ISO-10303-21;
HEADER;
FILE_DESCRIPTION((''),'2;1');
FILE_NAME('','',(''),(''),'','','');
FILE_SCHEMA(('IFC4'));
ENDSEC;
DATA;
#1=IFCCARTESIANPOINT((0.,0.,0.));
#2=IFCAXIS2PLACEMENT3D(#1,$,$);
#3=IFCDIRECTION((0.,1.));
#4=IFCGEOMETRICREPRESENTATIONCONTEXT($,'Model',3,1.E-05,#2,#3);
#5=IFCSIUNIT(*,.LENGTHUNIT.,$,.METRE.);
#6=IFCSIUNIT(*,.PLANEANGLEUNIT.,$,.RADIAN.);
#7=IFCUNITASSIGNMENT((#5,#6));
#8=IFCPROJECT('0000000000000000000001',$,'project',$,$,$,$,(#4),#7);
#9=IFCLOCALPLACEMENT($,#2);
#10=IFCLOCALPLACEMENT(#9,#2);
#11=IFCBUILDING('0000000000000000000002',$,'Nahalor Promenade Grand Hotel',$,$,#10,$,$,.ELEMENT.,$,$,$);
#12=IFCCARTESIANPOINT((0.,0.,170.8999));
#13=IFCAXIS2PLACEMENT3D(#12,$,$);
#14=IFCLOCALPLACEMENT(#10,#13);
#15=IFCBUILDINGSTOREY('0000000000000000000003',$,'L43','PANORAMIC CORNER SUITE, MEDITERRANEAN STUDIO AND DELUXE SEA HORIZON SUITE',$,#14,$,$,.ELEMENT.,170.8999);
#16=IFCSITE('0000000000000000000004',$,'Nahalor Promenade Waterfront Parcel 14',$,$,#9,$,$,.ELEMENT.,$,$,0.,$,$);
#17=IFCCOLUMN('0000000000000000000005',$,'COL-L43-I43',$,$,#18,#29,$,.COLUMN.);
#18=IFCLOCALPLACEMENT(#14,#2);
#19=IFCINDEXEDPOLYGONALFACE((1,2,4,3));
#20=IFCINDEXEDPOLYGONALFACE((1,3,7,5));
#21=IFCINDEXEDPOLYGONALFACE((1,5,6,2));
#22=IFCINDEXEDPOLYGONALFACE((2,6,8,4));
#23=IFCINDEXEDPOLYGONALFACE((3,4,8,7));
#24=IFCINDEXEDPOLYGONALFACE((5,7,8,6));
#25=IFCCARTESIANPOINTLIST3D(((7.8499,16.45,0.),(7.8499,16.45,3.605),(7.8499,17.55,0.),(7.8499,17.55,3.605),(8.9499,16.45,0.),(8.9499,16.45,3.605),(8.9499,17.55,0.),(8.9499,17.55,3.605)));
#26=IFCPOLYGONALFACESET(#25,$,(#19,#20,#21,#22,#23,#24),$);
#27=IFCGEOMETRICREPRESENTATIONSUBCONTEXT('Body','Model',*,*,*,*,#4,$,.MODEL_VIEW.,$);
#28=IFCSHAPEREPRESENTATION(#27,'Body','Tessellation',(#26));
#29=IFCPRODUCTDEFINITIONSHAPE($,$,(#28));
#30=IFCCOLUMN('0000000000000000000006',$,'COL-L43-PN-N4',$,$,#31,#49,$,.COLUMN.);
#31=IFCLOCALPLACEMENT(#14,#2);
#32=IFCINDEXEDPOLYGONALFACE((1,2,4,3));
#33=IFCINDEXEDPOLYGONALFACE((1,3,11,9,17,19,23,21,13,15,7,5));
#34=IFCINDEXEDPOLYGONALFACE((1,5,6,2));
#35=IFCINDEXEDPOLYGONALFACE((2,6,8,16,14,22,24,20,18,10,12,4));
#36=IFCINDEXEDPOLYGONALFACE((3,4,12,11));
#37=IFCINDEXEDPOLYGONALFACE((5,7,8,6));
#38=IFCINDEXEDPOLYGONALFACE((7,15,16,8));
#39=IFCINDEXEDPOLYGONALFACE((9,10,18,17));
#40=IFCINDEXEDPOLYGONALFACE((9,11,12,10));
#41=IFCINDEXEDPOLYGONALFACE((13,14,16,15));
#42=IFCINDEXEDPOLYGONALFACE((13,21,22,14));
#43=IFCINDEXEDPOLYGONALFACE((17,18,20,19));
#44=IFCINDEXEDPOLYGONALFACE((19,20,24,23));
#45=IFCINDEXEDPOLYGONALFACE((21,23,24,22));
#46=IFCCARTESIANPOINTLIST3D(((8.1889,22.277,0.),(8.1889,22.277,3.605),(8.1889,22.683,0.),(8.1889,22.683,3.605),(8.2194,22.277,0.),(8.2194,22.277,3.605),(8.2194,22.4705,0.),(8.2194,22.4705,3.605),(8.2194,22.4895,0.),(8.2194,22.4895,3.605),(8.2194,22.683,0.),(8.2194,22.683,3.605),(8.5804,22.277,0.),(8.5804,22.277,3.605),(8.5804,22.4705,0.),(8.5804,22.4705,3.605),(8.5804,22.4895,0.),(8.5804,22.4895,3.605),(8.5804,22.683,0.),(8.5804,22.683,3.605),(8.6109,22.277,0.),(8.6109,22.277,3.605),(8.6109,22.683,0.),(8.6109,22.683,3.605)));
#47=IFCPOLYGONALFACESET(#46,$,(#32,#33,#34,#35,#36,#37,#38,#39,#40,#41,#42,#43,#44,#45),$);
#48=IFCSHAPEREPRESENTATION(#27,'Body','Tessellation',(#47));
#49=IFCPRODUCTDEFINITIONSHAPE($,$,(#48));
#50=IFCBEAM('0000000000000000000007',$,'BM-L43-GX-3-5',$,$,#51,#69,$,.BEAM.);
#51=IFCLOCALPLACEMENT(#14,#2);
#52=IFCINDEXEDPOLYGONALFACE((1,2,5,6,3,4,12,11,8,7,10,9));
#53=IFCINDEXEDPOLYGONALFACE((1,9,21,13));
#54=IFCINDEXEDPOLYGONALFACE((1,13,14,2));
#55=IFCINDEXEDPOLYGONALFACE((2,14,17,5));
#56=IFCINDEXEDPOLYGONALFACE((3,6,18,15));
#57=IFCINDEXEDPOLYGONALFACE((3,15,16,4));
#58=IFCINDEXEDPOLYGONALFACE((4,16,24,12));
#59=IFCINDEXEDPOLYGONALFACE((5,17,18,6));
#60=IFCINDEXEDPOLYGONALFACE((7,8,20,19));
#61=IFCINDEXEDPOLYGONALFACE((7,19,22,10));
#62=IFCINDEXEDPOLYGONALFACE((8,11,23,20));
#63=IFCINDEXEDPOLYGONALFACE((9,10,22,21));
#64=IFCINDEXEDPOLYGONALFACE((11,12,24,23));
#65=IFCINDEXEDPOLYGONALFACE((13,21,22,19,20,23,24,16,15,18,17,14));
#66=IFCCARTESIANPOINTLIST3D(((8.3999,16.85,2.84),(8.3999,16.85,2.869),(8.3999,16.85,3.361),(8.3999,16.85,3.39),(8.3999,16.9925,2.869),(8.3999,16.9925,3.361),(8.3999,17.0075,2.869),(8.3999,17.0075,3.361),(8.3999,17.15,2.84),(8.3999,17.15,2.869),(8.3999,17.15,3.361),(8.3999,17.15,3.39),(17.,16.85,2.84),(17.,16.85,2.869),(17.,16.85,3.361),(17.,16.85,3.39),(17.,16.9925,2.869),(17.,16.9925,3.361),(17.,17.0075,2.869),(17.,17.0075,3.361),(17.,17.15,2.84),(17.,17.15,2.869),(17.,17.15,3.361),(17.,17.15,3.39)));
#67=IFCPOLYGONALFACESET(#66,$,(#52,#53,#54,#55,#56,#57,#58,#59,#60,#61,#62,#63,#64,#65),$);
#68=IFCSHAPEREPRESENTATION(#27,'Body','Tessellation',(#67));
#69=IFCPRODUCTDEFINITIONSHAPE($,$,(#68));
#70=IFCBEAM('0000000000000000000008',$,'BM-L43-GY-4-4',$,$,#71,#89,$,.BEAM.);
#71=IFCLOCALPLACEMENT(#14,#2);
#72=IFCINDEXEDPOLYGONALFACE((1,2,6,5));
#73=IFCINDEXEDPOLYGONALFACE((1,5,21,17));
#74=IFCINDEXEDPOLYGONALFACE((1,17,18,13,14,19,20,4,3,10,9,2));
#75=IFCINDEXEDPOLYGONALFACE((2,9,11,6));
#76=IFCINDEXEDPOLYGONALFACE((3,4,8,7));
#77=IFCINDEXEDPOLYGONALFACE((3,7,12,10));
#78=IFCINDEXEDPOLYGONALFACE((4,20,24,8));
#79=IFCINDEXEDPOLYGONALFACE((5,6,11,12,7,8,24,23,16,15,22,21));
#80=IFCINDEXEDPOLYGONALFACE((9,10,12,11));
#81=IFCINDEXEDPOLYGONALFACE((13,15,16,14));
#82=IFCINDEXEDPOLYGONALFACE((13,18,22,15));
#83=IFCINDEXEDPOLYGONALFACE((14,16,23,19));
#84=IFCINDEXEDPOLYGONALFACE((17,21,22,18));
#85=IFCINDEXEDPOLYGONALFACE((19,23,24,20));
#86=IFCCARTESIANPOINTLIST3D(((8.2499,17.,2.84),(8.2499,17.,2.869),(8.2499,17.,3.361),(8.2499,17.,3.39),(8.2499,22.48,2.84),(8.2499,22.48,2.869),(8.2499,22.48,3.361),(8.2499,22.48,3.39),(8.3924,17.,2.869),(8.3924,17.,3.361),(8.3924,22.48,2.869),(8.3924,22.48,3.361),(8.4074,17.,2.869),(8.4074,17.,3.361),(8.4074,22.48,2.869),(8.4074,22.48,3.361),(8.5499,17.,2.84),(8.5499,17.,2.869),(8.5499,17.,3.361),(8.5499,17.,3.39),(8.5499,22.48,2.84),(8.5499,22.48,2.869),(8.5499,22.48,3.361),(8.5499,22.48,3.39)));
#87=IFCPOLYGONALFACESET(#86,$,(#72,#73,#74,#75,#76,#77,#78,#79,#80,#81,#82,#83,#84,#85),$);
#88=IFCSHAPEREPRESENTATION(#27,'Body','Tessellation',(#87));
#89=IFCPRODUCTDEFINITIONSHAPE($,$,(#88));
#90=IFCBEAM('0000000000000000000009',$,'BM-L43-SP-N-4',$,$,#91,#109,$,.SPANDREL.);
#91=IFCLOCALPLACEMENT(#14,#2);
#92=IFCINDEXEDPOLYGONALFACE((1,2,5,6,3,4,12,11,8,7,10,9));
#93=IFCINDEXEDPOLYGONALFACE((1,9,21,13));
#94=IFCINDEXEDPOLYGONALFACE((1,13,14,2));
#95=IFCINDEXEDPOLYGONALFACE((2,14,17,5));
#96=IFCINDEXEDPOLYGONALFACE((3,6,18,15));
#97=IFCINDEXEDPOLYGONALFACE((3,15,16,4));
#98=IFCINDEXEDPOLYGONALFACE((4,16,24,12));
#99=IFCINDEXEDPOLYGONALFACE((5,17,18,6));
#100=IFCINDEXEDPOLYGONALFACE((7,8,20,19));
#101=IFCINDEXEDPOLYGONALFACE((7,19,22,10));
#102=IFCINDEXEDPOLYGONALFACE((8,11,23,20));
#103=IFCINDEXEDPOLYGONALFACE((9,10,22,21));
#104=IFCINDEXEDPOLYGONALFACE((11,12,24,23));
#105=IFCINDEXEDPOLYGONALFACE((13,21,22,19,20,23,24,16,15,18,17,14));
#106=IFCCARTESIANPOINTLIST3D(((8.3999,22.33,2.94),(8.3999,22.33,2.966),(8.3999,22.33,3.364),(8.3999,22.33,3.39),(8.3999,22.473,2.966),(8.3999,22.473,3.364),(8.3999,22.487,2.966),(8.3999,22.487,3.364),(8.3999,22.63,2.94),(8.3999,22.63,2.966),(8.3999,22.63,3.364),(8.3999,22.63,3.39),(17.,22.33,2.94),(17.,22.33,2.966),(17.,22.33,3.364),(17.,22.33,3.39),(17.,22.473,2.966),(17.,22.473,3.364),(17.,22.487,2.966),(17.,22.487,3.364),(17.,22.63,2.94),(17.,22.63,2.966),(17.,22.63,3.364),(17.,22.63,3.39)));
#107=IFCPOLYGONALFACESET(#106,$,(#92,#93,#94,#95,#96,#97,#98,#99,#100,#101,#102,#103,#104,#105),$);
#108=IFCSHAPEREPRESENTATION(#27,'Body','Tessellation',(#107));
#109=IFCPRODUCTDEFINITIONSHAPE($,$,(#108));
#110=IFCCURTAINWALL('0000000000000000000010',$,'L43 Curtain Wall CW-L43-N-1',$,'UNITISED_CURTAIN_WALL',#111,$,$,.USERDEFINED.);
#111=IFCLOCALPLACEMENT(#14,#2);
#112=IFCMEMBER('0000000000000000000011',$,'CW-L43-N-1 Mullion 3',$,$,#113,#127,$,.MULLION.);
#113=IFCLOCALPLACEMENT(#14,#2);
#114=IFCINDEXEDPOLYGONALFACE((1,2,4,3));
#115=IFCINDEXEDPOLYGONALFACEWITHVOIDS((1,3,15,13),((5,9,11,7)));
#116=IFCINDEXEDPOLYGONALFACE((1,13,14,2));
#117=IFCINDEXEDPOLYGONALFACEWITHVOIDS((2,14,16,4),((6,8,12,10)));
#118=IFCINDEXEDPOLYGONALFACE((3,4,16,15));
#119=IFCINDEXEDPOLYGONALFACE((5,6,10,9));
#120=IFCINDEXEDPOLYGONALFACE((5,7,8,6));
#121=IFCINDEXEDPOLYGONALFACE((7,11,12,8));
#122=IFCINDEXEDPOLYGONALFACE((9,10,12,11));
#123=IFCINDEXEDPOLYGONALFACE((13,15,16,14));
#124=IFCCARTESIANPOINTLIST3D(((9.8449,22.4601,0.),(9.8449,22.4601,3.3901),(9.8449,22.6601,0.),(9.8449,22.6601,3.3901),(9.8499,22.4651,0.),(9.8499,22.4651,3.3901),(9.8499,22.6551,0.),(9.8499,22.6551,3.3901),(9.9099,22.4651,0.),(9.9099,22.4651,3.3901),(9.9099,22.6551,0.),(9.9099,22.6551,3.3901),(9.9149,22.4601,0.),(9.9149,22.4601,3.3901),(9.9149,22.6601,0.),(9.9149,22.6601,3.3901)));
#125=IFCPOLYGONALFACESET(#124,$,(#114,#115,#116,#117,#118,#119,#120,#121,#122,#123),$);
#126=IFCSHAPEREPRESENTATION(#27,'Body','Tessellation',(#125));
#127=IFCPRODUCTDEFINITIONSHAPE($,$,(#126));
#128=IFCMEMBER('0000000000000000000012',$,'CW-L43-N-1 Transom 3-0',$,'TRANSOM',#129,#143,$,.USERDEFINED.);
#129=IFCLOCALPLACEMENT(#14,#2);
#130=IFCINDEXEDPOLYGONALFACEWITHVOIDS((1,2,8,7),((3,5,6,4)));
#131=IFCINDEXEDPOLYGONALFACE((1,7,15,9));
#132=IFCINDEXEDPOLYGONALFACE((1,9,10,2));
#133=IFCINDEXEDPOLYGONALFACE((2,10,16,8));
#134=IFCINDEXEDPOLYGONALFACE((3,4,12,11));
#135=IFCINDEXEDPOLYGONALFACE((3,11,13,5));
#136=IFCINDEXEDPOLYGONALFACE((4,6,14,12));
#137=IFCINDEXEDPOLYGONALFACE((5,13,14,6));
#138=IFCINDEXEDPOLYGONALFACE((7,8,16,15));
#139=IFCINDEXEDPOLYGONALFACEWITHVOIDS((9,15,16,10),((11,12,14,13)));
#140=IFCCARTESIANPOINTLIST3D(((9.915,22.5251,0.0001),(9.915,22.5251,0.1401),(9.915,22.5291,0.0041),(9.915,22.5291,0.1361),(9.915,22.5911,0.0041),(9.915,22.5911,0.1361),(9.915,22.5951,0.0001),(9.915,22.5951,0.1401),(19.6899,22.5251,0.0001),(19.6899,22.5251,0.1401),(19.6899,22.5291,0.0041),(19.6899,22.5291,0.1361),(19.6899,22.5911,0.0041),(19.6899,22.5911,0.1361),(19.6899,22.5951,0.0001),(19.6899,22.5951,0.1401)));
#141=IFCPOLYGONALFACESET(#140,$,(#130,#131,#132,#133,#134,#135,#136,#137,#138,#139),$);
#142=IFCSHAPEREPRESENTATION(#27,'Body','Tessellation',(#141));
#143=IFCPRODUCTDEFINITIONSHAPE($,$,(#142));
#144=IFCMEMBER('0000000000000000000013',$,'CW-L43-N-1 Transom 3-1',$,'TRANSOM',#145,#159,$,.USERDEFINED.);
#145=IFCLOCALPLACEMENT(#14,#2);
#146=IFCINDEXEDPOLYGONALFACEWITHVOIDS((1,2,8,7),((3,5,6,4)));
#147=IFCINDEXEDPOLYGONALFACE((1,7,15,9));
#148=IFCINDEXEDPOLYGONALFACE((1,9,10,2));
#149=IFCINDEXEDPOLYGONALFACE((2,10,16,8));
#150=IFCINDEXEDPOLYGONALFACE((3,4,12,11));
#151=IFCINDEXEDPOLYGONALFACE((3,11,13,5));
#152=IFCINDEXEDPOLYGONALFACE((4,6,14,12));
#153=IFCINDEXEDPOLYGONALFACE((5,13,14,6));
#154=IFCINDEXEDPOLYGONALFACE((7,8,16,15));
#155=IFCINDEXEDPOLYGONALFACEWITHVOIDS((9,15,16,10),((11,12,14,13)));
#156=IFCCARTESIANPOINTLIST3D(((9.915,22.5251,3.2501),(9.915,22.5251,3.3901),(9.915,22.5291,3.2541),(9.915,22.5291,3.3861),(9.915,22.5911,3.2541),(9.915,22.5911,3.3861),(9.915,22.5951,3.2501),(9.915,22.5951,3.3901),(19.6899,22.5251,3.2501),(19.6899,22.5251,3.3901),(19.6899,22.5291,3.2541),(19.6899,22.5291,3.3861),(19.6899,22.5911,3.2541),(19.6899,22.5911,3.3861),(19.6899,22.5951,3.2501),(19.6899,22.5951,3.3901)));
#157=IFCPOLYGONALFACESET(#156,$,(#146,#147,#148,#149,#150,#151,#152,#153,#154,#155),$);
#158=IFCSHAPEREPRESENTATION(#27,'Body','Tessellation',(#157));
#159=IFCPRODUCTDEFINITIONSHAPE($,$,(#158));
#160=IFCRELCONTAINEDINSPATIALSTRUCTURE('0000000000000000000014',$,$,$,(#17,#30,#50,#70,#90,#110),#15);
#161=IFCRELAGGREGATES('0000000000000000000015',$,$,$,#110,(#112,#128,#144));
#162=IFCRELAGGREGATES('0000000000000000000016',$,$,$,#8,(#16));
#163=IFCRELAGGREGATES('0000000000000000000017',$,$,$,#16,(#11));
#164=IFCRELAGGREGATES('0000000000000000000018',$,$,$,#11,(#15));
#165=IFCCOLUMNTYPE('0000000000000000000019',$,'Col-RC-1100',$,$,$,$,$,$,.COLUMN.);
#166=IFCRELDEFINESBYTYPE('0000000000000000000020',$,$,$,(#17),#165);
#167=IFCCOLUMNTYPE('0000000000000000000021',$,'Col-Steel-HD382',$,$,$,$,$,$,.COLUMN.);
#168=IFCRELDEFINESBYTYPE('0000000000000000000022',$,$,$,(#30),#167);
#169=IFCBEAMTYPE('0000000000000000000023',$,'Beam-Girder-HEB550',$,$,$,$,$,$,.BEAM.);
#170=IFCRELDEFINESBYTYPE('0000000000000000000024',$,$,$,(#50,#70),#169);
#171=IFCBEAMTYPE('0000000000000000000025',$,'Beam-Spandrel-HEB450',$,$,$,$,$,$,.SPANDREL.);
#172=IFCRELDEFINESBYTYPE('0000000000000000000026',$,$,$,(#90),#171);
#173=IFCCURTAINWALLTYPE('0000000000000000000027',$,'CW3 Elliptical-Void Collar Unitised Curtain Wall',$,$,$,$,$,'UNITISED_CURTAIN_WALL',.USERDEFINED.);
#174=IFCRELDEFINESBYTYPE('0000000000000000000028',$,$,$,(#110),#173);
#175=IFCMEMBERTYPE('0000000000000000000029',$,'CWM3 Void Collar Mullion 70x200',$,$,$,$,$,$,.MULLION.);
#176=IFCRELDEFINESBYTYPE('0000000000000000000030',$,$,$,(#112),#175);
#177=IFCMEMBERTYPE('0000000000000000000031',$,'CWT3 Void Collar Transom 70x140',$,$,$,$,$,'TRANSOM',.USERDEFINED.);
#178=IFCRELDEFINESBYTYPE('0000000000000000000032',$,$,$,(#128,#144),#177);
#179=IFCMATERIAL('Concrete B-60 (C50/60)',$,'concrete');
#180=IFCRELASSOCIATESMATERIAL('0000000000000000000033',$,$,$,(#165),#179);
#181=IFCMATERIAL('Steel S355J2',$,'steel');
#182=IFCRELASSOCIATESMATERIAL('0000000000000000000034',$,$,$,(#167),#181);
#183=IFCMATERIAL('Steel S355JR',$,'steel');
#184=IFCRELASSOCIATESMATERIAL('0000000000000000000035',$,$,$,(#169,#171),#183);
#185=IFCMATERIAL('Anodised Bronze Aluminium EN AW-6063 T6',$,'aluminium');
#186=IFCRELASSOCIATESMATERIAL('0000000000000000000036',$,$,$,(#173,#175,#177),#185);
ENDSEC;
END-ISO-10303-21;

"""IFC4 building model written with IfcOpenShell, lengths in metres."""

from ifc_helpers import new_model, si_unit, direction, frame, origin, origin_2d, place, context, subcontext, project, spatial, rectangle, hollow_rectangle, i_section, extrude, source, transform, mapped, material, material_profile, profile_set, type_object, element, aggregate, save


model = new_model("IFC4")

# Units and contexts
model_context = context("Model", 3, precision=1e-05, world=origin(), true_north=direction((0.0, 1.0)))
body_context = subcontext(model_context, "Body", "Model", "MODEL_VIEW")
ifc_project = project(units=[si_unit("LENGTHUNIT", "METRE"), si_unit("PLANEANGLEUNIT", "RADIAN")], contexts=[model_context])

# Site, building, storey
site_placement = place(None, origin())
site = spatial("IfcSite", under=ifc_project, at=site_placement, Name="Nahalor Promenade Waterfront Parcel 14", CompositionType="ELEMENT", RefElevation=0.0)
building_placement = place(site_placement, origin())
building = spatial("IfcBuilding", under=site, at=building_placement, Name="Nahalor Promenade Grand Hotel", CompositionType="ELEMENT")
storey_placement = place(building_placement, frame((0.0, 0.0, 170.8999)))
storey = spatial("IfcBuildingStorey", under=building, at=storey_placement, Name="L43", Description="PANORAMIC CORNER SUITE, MEDITERRANEAN STUDIO AND DELUXE SEA HORIZON SUITE", CompositionType="ELEMENT", Elevation=170.8999)

# Columns
ifc_material_1 = material(Name="Concrete B-60 (C50/60)", Category="concrete")
ifc_material_profile_1 = material_profile(ifc_material_1, rectangle(XDim=1.1, YDim=1.1, at=origin_2d()), Name="RC 1100x1100")
ifc_profile_set_1 = profile_set([ifc_material_profile_1], Name="Concrete B-60 (C50/60)")
column_type_1 = type_object("IfcColumnType", Name="Col-RC-1100", PredefinedType="COLUMN", material=ifc_profile_set_1)
shared_shape_1 = source(origin(), body_context, "Body", "SweptSolid", [
    extrude(rectangle(XDim=1.1, YDim=1.1, at=origin_2d()), origin(), (0.0, 0.0, 1.0), 3.605),
])
column_1_placement = place(storey_placement, frame((8.3999, 17.0, 0.0), z_axis=(0.0, 0.0, 1.0), x_axis=(1.0, 0.0, 0.0)))
element("IfcColumn", 1, at=column_1_placement, inside=storey, type_object=column_type_1, Name="COL-L43-I43", PredefinedType="COLUMN", context=body_context, shape_type="MappedRepresentation", body=[
    mapped(shared_shape_1, transform((0.0, 0.0, 0.0), scale=1.0)),
])
ifc_material_2 = material(Name="Steel S355J2", Category="steel")
ifc_material_profile_2 = material_profile(ifc_material_2, i_section(OverallWidth=0.406, OverallDepth=0.422, WebThickness=0.019, FlangeThickness=0.0305, at=origin_2d()), Name="HD 400x382")
ifc_profile_set_2 = profile_set([ifc_material_profile_2], Name="Steel S355J2")
column_type_2 = type_object("IfcColumnType", Name="Col-Steel-HD382", PredefinedType="COLUMN", material=ifc_profile_set_2)
shared_shape_2 = source(origin(), body_context, "Body", "SweptSolid", [
    extrude(i_section(OverallWidth=0.406, OverallDepth=0.422, WebThickness=0.019, FlangeThickness=0.0305, at=origin_2d()), origin(), (0.0, 0.0, 1.0), 3.605),
])
column_2_placement = place(storey_placement, frame((8.3999, 22.48, 0.0), z_axis=(0.0, 0.0, 1.0), x_axis=(0.0, 1.0, 0.0)))
element("IfcColumn", 2, at=column_2_placement, inside=storey, type_object=column_type_2, Name="COL-L43-PN-N4", PredefinedType="COLUMN", context=body_context, shape_type="MappedRepresentation", body=[
    mapped(shared_shape_2, transform((0.0, 0.0, 0.0), scale=1.0)),
])

# Beams
ifc_material_3 = material(Name="Steel S355JR", Category="steel")
ifc_material_profile_3 = material_profile(ifc_material_3, i_section(OverallWidth=0.3, OverallDepth=0.55, WebThickness=0.015, FlangeThickness=0.029, at=origin_2d()), Name="HEB 550")
ifc_profile_set_3 = profile_set([ifc_material_profile_3], Name="Steel S355JR")
beam_type_1 = type_object("IfcBeamType", Name="Beam-Girder-HEB550", PredefinedType="BEAM", material=ifc_profile_set_3)
shared_shape_3 = source(origin(), body_context, "Body", "SweptSolid", [
    extrude(i_section(OverallWidth=0.3, OverallDepth=0.55, WebThickness=0.015, FlangeThickness=0.029, at=origin_2d()), origin(), (0.0, 0.0, 1.0), 8.6001),
])
beam_1_placement = place(storey_placement, frame((8.3999, 17.0, 3.115), z_axis=(1.0, 0.0, 0.0), x_axis=(0.0, 1.0, 0.0)))
element("IfcBeam", 3, at=beam_1_placement, inside=storey, type_object=beam_type_1, Name="BM-L43-GX-3-5", PredefinedType="BEAM", context=body_context, shape_type="MappedRepresentation", body=[
    mapped(shared_shape_3, transform((0.0, 0.0, 0.0), scale=1.0)),
])
shared_shape_4 = source(origin(), body_context, "Body", "SweptSolid", [
    extrude(i_section(OverallWidth=0.3, OverallDepth=0.55, WebThickness=0.015, FlangeThickness=0.029, at=origin_2d()), origin(), (0.0, 0.0, 1.0), 5.48),
])
beam_2_placement = place(storey_placement, frame((8.3999, 17.0, 3.115), z_axis=(0.0, 1.0, 0.0), x_axis=(-1.0, 0.0, 0.0)))
element("IfcBeam", 4, at=beam_2_placement, inside=storey, type_object=beam_type_1, Name="BM-L43-GY-4-4", PredefinedType="BEAM", context=body_context, shape_type="MappedRepresentation", body=[
    mapped(shared_shape_4, transform((0.0, 0.0, 0.0), scale=1.0)),
])
ifc_material_profile_4 = material_profile(ifc_material_3, i_section(OverallWidth=0.3, OverallDepth=0.45, WebThickness=0.014, FlangeThickness=0.026, at=origin_2d()), Name="HEB 450")
ifc_profile_set_4 = profile_set([ifc_material_profile_4], Name="Steel S355JR")
beam_type_2 = type_object("IfcBeamType", Name="Beam-Spandrel-HEB450", PredefinedType="SPANDREL", material=ifc_profile_set_4)
shared_shape_5 = source(origin(), body_context, "Body", "SweptSolid", [
    extrude(i_section(OverallWidth=0.3, OverallDepth=0.45, WebThickness=0.014, FlangeThickness=0.026, at=origin_2d()), origin(), (0.0, 0.0, 1.0), 8.6001),
])
beam_3_placement = place(storey_placement, frame((8.3999, 22.48, 3.165), z_axis=(1.0, 0.0, 0.0), x_axis=(0.0, 1.0, 0.0)))
element("IfcBeam", 5, at=beam_3_placement, inside=storey, type_object=beam_type_2, Name="BM-L43-SP-N-4", PredefinedType="SPANDREL", context=body_context, shape_type="MappedRepresentation", body=[
    mapped(shared_shape_5, transform((0.0, 0.0, 0.0), scale=1.0)),
])

# Curtain wall, members
ifc_material_4 = material(Name="Anodised Bronze Aluminium EN AW-6063 T6", Category="aluminium")
curtain_wall_type = type_object("IfcCurtainWallType", Name="CW3 Elliptical-Void Collar Unitised Curtain Wall", ElementType="UNITISED_CURTAIN_WALL", PredefinedType="USERDEFINED", material=ifc_material_4)
curtain_wall_placement = place(storey_placement, origin())
curtain_wall = element("IfcCurtainWall", 6, at=curtain_wall_placement, inside=storey, type_object=curtain_wall_type, Name="L43 Curtain Wall CW-L43-N-1", ObjectType="UNITISED_CURTAIN_WALL", PredefinedType="USERDEFINED")
ifc_material_profile_5 = material_profile(ifc_material_4, hollow_rectangle(XDim=0.07, YDim=0.2, WallThickness=0.005, at=origin_2d()), Name="CWM 70x200x5")
ifc_profile_set_5 = profile_set([ifc_material_profile_5], Name="Anodised Bronze Aluminium EN AW-6063 T6")
member_type_1 = type_object("IfcMemberType", Name="CWM3 Void Collar Mullion 70x200", PredefinedType="MULLION", material=ifc_profile_set_5)
shared_shape_6 = source(origin(), body_context, "Body", "SweptSolid", [
    extrude(hollow_rectangle(XDim=0.07, YDim=0.2, WallThickness=0.005, at=origin_2d()), origin(), (0.0, 0.0, 1.0), 3.3901),
])
member_1_placement = place(storey_placement, frame((9.8799, 22.5601, 0.0), z_axis=(0.0, 0.0, 1.0), x_axis=(1.0, 0.0, 0.0)))
member_1 = element("IfcMember", 7, at=member_1_placement, type_object=member_type_1, Name="CW-L43-N-1 Mullion 3", PredefinedType="MULLION", context=body_context, shape_type="MappedRepresentation", body=[
    mapped(shared_shape_6, transform((0.0, 0.0, 0.0), scale=1.0)),
])
ifc_material_profile_6 = material_profile(ifc_material_4, hollow_rectangle(XDim=0.07, YDim=0.14, WallThickness=0.004, at=origin_2d()), Name="CWT 70x140x4")
ifc_profile_set_6 = profile_set([ifc_material_profile_6], Name="Anodised Bronze Aluminium EN AW-6063 T6")
member_type_2 = type_object("IfcMemberType", Name="CWT3 Void Collar Transom 70x140", ElementType="TRANSOM", PredefinedType="USERDEFINED", material=ifc_profile_set_6)
shared_shape_7 = source(origin(), body_context, "Body", "SweptSolid", [
    extrude(hollow_rectangle(XDim=0.07, YDim=0.14, WallThickness=0.004, at=origin_2d()), origin(), (0.0, 0.0, 1.0), 9.7749),
])
member_2_placement = place(storey_placement, frame((9.915, 22.5601, 0.0701), z_axis=(1.0, 0.0, 0.0), x_axis=(0.0, 1.0, 0.0)))
member_2 = element("IfcMember", 8, at=member_2_placement, type_object=member_type_2, Name="CW-L43-N-1 Transom 3-0", ObjectType="TRANSOM", PredefinedType="USERDEFINED", context=body_context, shape_type="MappedRepresentation", body=[
    mapped(shared_shape_7, transform((0.0, 0.0, 0.0), scale=1.0)),
])
member_3_placement = place(storey_placement, frame((9.915, 22.5601, 3.3201), z_axis=(1.0, 0.0, 0.0), x_axis=(0.0, 1.0, 0.0)))
member_3 = element("IfcMember", 9, at=member_3_placement, type_object=member_type_2, Name="CW-L43-N-1 Transom 3-1", ObjectType="TRANSOM", PredefinedType="USERDEFINED", context=body_context, shape_type="MappedRepresentation", body=[
    mapped(shared_shape_7, transform((0.0, 0.0, 0.0), scale=1.0)),
])
aggregate(curtain_wall, [member_1, member_2, member_3])

save(model, "model.ifc")
